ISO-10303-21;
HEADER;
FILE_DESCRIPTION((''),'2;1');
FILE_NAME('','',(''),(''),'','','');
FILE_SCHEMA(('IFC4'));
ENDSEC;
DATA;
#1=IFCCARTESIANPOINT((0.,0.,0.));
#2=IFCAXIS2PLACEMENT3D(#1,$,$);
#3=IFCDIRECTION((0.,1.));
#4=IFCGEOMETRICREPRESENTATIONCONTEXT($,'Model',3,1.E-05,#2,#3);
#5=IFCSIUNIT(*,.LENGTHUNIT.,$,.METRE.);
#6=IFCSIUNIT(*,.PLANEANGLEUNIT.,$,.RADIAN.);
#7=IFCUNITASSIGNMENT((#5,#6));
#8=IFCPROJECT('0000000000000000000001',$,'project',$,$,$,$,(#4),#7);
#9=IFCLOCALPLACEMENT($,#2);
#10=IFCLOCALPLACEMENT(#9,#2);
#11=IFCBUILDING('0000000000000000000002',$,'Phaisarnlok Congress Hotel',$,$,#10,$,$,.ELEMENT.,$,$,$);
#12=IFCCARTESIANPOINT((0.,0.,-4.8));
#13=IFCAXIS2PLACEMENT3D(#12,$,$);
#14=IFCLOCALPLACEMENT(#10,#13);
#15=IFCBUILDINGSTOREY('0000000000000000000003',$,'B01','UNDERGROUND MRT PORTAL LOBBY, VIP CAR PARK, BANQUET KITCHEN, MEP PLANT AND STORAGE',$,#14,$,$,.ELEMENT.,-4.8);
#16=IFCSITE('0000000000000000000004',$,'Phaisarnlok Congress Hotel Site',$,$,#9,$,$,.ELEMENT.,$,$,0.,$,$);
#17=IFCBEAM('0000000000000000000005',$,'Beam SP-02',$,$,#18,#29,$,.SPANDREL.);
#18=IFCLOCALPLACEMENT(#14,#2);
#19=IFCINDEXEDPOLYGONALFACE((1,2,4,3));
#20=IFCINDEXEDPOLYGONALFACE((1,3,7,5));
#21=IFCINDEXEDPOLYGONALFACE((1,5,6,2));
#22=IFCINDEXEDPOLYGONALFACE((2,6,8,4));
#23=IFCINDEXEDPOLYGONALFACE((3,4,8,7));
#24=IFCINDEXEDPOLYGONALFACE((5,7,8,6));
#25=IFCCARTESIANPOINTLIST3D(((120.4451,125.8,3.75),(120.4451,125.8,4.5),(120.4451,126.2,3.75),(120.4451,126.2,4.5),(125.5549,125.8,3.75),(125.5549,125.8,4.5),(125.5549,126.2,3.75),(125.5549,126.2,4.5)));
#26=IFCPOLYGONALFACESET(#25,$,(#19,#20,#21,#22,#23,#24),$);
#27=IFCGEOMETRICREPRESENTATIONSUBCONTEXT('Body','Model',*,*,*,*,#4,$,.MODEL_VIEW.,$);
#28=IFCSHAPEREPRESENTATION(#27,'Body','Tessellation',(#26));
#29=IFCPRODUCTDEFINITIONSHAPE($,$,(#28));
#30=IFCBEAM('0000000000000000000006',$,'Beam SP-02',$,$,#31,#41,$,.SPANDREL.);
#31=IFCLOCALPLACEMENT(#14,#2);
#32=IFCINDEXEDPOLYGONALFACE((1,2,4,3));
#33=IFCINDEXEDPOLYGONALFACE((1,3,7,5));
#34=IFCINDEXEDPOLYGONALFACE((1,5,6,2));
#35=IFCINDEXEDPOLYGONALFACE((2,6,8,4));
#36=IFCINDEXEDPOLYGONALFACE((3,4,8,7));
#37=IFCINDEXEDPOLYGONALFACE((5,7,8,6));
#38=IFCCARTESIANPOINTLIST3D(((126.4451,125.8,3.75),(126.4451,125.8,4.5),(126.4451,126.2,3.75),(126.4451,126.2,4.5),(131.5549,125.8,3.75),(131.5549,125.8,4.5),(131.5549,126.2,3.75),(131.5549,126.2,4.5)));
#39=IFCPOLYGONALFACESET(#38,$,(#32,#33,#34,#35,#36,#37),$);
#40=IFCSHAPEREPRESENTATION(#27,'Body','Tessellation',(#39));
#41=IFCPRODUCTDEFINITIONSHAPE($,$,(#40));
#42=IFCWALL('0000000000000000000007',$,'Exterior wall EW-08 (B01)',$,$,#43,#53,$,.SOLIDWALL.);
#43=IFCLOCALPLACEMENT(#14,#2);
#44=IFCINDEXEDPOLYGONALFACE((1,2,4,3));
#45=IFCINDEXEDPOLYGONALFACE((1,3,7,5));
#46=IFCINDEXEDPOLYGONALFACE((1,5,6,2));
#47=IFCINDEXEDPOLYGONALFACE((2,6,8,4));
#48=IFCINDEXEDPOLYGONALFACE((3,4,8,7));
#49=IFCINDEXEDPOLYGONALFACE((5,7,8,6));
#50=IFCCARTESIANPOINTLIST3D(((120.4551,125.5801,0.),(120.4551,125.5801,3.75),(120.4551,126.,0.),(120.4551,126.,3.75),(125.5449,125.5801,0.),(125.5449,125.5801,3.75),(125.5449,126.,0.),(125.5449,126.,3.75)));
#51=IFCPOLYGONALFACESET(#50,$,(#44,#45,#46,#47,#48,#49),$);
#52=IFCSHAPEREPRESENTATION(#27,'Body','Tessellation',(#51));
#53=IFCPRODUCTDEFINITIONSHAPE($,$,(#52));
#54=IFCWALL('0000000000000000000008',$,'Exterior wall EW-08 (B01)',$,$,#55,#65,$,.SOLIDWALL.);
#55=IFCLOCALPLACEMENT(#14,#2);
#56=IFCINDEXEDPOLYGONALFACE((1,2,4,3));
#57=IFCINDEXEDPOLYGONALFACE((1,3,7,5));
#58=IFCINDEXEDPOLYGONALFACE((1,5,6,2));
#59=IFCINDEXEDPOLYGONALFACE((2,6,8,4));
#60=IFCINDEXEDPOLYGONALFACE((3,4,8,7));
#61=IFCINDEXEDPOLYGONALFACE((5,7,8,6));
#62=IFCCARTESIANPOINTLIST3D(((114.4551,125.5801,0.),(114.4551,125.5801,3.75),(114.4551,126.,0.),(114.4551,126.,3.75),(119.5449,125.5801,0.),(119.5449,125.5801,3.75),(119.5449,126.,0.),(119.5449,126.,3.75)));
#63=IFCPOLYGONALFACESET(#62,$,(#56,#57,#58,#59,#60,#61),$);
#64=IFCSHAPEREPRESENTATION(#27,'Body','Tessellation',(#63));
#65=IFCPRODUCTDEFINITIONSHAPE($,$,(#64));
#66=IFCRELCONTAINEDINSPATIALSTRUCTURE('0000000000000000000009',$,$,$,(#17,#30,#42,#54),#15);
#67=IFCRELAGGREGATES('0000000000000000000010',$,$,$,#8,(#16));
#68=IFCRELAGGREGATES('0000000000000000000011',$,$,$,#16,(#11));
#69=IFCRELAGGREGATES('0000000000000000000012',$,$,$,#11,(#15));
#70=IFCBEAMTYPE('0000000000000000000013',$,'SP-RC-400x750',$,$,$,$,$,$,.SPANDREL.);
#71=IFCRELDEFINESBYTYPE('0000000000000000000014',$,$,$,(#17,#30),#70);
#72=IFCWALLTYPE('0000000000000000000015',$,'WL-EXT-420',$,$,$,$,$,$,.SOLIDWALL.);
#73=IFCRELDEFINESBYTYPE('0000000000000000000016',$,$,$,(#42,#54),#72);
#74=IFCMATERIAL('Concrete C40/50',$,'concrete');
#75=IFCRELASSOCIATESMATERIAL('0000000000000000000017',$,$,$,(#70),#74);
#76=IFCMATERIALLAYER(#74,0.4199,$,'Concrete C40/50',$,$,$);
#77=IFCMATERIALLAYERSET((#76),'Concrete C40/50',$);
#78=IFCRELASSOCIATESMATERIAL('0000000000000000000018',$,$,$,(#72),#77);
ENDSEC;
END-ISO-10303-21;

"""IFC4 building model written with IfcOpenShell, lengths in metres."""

from ifc_helpers import new_model, si_unit, direction, frame, frame_2d, origin, origin_2d, place, context, subcontext, project, spatial, rectangle, extrude, material, layer, layer_set, material_profile, profile_set, type_object, element, save


model = new_model("IFC4")

# Units and contexts
model_context = context("Model", 3, precision=1e-05, world=origin(), true_north=direction((0.0, 1.0)))
body_context = subcontext(model_context, "Body", "Model", "MODEL_VIEW")
ifc_project = project(units=[si_unit("LENGTHUNIT", "METRE"), si_unit("PLANEANGLEUNIT", "RADIAN")], contexts=[model_context])

# Site, building, storey
site_placement = place(None, origin())
site = spatial("IfcSite", under=ifc_project, at=site_placement, Name="Phaisarnlok Congress Hotel Site", CompositionType="ELEMENT", RefElevation=0.0)
building_placement = place(site_placement, origin())
building = spatial("IfcBuilding", under=site, at=building_placement, Name="Phaisarnlok Congress Hotel", CompositionType="ELEMENT")
storey_placement = place(building_placement, frame((0.0, 0.0, -4.8)))
storey = spatial("IfcBuildingStorey", under=building, at=storey_placement, Name="B01", Description="UNDERGROUND MRT PORTAL LOBBY, VIP CAR PARK, BANQUET KITCHEN, MEP PLANT AND STORAGE", CompositionType="ELEMENT", Elevation=-4.8)

# Shared definitions
ifc_material_1 = material(Name="Concrete C40/50", Category="concrete")

# Beams
ifc_material_profile_1 = material_profile(ifc_material_1, rectangle(XDim=0.3999, YDim=0.75, at=origin_2d()), Name="RC 400x750")
ifc_profile_set_1 = profile_set([ifc_material_profile_1], Name="Concrete C40/50")
beam_type_1 = type_object("IfcBeamType", Name="SP-RC-400x750", PredefinedType="SPANDREL", material=ifc_profile_set_1)
for number, where, z_axis, x_axis, name in (
    (1, (120.4451, 126.0, 4.125), (1.0, 0.0, 0.0), (0.0, 1.0, 0.0), "Beam SP-02"),
    (2, (126.4451, 126.0, 4.125), (1.0, 0.0, 0.0), (0.0, 1.0, 0.0), "Beam SP-02"),
):
    element("IfcBeam", number, at=place(storey_placement, frame(where, z_axis=z_axis, x_axis=x_axis)), inside=storey, type_object=beam_type_1, Name=name, PredefinedType="SPANDREL", context=body_context, shape_type="SweptSolid", body=[
        extrude(rectangle(XDim=0.3999, YDim=0.75, at=origin_2d()), origin(), (0.0, 0.0, 1.0), 5.1099),
    ])

# Walls
ifc_layer = layer(ifc_material_1, 0.4199, Name="Concrete C40/50")
ifc_layer_set = layer_set([ifc_layer], Name="Concrete C40/50")
wall_type = type_object("IfcWallType", Name="WL-EXT-420", PredefinedType="SOLIDWALL", material=ifc_layer_set)
for number, where, z_axis, x_axis, name in (
    (3, (125.5449, 125.79, 0.0), (0.0, 0.0, 1.0), (-1.0, 0.0, 0.0), "Exterior wall EW-08 (B01)"),
    (4, (119.5449, 125.79, 0.0), (0.0, 0.0, 1.0), (-1.0, 0.0, 0.0), "Exterior wall EW-08 (B01)"),
):
    element("IfcWall", number, at=place(storey_placement, frame(where, z_axis=z_axis, x_axis=x_axis)), inside=storey, type_object=wall_type, Name=name, PredefinedType="SOLIDWALL", context=body_context, shape_type="SweptSolid", body=[
        extrude(rectangle(XDim=5.0898, YDim=0.4199, at=frame_2d((2.5449, 0.0))), origin(), (0.0, 0.0, 1.0), 3.75),
    ])

save(model, "model.ifc")
